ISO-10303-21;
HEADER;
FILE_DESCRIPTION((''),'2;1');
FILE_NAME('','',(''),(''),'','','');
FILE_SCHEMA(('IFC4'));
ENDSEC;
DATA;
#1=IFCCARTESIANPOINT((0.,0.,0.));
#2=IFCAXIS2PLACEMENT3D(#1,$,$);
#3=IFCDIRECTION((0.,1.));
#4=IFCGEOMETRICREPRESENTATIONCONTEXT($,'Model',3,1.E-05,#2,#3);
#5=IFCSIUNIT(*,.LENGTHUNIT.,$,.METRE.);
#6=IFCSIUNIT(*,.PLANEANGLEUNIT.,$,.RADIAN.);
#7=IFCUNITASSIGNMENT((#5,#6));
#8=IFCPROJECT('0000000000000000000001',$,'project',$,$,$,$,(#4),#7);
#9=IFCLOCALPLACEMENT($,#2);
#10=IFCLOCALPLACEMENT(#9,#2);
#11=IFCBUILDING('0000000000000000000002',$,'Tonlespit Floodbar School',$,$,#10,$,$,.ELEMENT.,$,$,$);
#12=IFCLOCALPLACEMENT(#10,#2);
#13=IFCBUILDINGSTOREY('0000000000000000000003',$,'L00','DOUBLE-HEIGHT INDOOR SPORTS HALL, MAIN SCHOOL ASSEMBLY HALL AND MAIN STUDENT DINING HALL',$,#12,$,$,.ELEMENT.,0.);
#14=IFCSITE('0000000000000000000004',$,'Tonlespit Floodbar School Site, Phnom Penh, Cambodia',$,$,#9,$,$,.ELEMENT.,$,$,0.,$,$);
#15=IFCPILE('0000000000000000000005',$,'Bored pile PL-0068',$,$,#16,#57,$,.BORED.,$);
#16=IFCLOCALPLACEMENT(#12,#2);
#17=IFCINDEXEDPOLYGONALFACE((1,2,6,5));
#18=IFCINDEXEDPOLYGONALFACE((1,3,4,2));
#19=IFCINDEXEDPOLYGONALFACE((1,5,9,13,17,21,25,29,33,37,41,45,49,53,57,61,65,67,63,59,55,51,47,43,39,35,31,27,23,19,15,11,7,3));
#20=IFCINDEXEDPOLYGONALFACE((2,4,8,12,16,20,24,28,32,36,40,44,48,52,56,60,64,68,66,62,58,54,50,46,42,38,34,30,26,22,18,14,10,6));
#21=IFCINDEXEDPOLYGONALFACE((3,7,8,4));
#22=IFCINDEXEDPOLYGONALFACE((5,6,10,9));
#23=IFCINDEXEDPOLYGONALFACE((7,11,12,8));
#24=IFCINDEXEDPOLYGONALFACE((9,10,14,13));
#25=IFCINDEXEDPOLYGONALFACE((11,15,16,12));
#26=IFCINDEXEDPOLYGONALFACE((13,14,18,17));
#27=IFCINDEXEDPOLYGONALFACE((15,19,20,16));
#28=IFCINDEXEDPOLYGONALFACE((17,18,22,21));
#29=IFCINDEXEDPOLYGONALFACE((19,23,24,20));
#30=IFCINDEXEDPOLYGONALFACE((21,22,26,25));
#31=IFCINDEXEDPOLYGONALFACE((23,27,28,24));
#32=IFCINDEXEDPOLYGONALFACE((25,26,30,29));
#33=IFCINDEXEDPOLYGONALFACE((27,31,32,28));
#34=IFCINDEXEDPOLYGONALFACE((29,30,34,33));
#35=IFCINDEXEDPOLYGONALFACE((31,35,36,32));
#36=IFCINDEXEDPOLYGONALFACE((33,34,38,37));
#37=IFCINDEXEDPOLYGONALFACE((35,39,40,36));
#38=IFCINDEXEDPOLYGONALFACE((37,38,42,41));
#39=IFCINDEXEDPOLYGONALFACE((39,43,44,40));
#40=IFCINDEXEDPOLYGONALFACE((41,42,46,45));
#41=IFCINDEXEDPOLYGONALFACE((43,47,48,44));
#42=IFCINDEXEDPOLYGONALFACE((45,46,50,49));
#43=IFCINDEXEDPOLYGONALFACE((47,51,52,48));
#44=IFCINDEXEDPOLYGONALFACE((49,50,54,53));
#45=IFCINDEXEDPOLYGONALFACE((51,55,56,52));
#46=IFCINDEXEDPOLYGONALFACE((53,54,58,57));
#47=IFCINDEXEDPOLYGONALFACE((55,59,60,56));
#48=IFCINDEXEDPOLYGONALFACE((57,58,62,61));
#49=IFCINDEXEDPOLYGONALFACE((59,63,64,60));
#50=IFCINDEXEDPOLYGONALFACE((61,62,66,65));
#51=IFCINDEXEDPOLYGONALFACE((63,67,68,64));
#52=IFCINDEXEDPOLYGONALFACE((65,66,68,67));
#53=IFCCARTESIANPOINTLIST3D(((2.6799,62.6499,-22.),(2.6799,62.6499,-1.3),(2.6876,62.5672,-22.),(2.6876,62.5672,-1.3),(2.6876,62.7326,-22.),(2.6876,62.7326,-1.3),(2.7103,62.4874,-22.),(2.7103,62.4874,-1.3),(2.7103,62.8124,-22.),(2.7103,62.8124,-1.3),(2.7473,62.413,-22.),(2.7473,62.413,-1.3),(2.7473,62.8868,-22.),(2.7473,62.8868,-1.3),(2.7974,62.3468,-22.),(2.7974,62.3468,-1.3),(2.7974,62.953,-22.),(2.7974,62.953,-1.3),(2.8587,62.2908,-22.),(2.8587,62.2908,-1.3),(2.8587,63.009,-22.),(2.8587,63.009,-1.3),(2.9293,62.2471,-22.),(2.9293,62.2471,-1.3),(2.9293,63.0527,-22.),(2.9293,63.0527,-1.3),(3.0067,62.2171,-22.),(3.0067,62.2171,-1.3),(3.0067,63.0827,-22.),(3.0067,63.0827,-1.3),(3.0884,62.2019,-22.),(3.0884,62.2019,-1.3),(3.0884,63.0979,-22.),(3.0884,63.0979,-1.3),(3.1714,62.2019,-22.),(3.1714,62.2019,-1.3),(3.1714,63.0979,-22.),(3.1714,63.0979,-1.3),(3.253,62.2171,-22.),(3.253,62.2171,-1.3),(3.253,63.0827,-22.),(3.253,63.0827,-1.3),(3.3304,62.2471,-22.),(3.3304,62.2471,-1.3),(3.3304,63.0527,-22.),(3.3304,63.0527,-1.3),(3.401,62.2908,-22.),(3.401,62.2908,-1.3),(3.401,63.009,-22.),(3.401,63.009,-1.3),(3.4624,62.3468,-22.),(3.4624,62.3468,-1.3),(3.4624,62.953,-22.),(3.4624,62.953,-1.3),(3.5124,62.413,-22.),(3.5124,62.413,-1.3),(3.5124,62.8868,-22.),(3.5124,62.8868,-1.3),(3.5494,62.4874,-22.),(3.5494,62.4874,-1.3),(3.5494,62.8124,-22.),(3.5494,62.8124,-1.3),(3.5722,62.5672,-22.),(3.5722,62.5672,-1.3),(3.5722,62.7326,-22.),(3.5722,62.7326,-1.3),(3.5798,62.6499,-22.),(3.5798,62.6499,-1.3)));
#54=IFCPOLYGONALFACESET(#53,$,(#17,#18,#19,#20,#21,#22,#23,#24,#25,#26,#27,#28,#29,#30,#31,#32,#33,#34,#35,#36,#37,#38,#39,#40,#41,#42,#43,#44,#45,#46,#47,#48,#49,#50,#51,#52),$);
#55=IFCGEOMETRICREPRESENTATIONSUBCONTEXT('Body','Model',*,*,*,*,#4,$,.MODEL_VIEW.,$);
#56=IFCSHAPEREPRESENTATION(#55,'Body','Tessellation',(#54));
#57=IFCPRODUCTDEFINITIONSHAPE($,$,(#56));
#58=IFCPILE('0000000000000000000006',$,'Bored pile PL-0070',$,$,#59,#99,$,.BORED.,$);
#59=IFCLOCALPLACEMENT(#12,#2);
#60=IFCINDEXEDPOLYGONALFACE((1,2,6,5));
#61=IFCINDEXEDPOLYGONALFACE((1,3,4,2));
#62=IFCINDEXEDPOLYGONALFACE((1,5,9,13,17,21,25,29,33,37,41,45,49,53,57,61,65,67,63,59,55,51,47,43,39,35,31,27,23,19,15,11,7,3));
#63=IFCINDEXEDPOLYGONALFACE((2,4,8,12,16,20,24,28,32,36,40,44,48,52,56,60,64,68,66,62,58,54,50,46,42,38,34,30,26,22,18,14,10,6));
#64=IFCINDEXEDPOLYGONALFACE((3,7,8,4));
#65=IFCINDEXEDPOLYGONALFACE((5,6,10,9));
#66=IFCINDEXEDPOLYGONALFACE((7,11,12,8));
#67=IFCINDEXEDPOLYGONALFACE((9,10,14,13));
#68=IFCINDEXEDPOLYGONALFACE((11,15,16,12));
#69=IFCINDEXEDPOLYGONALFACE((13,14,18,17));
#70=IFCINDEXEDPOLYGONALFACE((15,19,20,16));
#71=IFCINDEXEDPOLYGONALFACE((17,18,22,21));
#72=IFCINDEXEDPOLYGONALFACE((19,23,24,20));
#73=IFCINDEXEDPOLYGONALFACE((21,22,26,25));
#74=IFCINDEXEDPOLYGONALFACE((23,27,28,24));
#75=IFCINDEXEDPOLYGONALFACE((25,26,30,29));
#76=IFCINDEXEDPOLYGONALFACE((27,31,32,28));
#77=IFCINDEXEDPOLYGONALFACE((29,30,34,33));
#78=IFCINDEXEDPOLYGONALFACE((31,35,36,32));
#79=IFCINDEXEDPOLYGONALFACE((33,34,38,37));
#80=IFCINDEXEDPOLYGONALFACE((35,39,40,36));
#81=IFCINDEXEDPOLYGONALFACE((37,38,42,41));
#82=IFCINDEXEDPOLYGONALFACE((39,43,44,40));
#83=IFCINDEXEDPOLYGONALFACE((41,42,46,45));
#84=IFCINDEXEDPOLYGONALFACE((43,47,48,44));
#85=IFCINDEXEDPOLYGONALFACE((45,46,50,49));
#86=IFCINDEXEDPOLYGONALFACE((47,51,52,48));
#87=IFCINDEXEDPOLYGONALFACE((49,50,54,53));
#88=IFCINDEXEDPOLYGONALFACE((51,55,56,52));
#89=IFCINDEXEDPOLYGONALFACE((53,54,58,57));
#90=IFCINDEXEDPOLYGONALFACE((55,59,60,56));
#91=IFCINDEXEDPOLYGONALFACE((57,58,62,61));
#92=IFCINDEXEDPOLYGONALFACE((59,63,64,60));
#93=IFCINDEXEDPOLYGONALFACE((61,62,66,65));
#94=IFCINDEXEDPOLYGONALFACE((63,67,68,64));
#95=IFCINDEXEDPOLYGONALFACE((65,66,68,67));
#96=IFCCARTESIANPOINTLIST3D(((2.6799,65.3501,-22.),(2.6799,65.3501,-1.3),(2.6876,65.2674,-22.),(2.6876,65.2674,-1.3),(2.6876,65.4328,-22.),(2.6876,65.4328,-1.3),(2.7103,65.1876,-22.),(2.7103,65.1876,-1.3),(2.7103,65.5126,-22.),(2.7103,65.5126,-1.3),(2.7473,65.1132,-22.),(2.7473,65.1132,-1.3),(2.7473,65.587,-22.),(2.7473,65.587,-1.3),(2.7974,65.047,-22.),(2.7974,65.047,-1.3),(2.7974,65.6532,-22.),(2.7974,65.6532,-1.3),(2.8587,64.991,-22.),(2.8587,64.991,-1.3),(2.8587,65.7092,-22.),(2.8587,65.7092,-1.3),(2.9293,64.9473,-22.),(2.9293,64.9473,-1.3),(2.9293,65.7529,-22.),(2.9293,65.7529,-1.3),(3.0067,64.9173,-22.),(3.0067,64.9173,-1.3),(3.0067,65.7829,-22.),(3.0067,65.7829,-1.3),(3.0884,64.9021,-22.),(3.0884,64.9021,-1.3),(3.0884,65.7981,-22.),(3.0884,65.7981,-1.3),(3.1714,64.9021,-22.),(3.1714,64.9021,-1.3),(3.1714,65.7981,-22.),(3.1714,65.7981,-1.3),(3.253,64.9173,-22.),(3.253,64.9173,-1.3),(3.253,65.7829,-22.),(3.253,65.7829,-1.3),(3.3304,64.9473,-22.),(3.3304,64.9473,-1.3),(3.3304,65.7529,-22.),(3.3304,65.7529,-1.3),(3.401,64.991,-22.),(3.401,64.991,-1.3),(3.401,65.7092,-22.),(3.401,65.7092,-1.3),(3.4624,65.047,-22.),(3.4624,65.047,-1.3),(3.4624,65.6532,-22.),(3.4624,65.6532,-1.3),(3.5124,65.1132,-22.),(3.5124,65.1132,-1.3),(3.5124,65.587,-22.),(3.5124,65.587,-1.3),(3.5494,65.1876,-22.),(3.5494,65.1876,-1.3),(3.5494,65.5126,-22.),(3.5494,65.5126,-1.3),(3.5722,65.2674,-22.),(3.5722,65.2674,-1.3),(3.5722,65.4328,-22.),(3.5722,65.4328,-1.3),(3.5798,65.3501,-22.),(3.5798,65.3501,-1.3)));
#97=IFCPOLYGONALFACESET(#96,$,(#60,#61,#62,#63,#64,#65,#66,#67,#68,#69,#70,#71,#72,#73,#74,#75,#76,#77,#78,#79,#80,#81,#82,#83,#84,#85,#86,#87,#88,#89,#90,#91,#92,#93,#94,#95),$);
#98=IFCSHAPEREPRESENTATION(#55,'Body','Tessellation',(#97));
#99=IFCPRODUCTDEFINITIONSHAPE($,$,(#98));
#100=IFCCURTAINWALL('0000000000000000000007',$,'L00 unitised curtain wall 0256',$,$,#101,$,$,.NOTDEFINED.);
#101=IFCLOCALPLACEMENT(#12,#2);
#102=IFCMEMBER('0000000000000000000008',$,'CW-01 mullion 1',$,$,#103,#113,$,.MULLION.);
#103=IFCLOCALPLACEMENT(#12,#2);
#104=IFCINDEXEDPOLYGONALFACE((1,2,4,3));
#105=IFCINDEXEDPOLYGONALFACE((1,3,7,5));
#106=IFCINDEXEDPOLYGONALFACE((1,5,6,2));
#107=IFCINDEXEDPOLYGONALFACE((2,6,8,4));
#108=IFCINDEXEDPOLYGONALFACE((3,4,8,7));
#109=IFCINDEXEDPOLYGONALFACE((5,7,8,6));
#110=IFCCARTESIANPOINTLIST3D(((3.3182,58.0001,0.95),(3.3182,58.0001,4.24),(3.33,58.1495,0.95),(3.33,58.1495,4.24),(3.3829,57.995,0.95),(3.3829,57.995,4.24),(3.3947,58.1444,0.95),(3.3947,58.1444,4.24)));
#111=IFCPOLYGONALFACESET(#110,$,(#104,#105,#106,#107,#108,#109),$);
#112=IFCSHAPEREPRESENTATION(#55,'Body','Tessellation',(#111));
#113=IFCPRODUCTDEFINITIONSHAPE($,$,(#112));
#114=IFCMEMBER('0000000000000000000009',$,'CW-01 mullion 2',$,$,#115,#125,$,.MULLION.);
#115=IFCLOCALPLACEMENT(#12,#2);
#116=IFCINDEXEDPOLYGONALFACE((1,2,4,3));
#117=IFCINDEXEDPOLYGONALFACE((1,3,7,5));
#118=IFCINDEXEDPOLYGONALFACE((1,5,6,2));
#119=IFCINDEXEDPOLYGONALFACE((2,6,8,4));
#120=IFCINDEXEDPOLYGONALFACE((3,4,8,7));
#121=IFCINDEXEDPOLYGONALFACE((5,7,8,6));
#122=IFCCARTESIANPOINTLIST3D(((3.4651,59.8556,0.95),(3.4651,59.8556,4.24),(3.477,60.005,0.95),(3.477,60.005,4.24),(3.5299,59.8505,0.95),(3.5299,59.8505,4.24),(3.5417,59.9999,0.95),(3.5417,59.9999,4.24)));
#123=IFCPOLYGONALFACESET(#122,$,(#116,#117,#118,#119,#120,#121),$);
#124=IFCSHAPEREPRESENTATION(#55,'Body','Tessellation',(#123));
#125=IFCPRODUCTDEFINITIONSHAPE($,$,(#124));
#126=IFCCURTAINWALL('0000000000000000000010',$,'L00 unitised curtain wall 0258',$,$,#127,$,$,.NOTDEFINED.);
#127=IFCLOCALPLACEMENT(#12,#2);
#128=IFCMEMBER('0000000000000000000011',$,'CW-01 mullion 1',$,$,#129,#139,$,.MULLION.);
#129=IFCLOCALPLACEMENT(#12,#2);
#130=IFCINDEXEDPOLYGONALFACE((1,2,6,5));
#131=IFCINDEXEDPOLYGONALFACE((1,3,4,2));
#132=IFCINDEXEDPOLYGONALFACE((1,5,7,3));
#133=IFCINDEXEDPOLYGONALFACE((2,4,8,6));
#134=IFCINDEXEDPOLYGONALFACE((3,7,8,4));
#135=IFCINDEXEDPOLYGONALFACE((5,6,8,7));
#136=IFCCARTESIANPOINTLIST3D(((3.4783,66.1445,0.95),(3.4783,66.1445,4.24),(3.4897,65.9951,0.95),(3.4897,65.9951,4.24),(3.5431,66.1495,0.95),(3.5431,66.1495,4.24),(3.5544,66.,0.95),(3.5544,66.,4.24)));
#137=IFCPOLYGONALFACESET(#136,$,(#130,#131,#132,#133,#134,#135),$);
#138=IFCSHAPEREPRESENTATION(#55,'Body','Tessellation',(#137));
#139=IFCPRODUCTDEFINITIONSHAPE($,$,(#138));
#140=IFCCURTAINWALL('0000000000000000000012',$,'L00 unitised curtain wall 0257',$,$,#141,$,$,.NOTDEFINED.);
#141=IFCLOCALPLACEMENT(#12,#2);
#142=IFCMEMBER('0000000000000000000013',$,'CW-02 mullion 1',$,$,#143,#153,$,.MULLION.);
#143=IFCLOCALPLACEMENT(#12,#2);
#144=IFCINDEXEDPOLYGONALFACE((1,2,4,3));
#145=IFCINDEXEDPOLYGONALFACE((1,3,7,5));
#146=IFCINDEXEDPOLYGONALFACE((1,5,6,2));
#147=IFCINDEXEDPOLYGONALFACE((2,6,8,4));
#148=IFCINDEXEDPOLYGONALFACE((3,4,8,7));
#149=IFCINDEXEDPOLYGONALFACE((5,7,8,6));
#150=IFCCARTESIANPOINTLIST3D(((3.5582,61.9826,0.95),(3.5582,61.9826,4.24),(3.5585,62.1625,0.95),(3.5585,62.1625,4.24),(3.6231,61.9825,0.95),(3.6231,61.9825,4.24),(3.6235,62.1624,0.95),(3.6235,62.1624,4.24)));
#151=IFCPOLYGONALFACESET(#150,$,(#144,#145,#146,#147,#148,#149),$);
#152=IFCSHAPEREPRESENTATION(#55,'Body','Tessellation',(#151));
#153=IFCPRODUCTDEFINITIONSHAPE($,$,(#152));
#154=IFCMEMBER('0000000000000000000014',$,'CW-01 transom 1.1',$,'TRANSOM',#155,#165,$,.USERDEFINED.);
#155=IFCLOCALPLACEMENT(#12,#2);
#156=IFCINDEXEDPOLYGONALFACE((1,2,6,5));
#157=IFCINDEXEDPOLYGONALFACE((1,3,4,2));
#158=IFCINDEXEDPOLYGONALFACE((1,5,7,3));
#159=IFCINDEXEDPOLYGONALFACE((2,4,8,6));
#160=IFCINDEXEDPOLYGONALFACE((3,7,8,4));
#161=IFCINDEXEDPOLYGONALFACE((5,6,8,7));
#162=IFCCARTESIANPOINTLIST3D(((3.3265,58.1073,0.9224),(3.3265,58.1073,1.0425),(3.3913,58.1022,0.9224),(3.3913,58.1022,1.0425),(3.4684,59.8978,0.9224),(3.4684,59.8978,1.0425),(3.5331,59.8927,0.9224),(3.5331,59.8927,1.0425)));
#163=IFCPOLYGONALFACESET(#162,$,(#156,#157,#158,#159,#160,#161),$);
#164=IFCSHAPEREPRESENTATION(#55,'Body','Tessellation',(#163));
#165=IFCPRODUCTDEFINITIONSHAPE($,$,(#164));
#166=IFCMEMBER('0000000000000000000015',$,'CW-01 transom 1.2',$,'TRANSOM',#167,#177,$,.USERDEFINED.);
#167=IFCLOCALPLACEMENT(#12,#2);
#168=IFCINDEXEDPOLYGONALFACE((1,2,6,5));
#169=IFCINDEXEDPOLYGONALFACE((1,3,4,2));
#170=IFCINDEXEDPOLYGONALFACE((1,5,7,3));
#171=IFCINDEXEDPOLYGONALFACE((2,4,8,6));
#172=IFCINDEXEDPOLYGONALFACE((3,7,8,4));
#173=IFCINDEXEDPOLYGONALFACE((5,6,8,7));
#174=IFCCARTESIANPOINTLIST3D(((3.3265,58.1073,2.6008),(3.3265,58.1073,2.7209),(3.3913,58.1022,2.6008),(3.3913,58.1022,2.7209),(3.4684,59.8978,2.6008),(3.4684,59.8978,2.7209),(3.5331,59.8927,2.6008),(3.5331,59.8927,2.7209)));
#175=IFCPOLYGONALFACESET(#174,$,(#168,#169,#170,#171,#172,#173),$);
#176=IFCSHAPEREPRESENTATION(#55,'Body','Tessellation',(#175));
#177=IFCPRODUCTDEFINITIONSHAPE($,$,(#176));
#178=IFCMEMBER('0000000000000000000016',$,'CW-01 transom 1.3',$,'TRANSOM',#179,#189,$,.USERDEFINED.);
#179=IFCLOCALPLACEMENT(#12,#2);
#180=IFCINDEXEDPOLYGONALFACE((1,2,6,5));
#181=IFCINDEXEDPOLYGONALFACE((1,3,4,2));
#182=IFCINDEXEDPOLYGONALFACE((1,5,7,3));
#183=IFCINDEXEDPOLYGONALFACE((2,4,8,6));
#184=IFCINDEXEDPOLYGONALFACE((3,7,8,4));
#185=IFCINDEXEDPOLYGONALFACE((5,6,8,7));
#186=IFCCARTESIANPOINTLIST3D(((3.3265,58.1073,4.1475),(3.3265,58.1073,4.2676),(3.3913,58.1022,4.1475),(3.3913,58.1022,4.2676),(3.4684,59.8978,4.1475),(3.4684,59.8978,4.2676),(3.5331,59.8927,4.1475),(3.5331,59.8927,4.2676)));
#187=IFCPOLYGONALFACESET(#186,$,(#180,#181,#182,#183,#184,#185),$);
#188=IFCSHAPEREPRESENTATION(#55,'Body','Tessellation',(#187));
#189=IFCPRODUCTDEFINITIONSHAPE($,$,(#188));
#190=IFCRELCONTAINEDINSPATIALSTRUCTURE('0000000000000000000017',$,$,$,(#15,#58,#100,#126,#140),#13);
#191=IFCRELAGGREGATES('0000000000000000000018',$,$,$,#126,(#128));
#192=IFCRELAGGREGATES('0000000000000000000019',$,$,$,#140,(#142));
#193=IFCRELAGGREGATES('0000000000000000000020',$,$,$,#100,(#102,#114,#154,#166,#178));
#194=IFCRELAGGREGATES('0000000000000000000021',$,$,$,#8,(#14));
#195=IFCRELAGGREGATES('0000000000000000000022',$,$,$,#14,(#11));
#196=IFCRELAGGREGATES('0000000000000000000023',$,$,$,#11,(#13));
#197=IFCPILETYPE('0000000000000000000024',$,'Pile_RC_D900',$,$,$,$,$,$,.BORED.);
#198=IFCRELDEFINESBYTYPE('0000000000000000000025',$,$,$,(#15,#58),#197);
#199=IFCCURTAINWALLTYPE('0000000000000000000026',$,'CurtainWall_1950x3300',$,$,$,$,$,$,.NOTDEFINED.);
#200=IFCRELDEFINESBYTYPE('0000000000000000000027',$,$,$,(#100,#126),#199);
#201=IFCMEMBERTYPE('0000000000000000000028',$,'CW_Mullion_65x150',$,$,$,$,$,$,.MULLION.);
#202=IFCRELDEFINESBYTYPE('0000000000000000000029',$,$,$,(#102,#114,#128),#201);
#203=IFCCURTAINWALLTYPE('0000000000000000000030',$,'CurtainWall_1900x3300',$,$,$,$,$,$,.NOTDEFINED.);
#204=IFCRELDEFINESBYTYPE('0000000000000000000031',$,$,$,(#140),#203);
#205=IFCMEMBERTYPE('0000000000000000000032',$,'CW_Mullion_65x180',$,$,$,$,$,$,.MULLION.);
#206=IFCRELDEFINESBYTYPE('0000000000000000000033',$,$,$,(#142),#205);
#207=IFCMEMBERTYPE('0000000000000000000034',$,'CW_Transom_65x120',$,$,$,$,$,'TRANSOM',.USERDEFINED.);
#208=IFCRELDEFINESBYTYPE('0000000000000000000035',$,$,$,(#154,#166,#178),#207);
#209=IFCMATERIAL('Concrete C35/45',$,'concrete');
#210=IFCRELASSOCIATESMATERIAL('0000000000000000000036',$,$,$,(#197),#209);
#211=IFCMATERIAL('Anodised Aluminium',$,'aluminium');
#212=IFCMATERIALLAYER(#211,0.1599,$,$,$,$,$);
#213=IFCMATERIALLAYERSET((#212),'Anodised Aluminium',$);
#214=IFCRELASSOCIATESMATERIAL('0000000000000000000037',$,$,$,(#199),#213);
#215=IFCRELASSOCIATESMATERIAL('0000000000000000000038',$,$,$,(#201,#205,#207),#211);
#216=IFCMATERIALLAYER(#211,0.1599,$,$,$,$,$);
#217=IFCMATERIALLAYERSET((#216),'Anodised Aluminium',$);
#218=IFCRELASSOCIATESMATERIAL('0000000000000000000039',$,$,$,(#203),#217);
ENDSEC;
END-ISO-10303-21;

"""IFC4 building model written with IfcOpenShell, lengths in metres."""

from ifc_helpers import new_model, si_unit, direction, frame, origin, origin_2d, place, context, subcontext, project, spatial, rectangle, circle, extrude, material, layer, layer_set, material_profile, profile_set, type_object, element, aggregate, save


model = new_model("IFC4")

# Units and contexts
model_context = context("Model", 3, precision=1e-05, world=origin(), true_north=direction((0.0, 1.0)))
body_context = subcontext(model_context, "Body", "Model", "MODEL_VIEW")
ifc_project = project(units=[si_unit("LENGTHUNIT", "METRE"), si_unit("PLANEANGLEUNIT", "RADIAN")], contexts=[model_context])

# Site, building, storey
site_placement = place(None, origin())
site = spatial("IfcSite", under=ifc_project, at=site_placement, Name="Tonlespit Floodbar School Site, Phnom Penh, Cambodia", CompositionType="ELEMENT", RefElevation=0.0)
building_placement = place(site_placement, origin())
building = spatial("IfcBuilding", under=site, at=building_placement, Name="Tonlespit Floodbar School", CompositionType="ELEMENT")
storey_placement = place(building_placement, origin())
storey = spatial("IfcBuildingStorey", under=building, at=storey_placement, Name="L00", Description="DOUBLE-HEIGHT INDOOR SPORTS HALL, MAIN SCHOOL ASSEMBLY HALL AND MAIN STUDENT DINING HALL", CompositionType="ELEMENT", Elevation=0.0)

# Piles
ifc_material_1 = material(Name="Concrete C35/45", Category="concrete")
ifc_material_profile_1 = material_profile(ifc_material_1, circle(Radius=0.45, at=origin_2d()), Name="BP D900")
ifc_profile_set_1 = profile_set([ifc_material_profile_1], Name="Concrete C35/45")
pile_type = type_object("IfcPileType", Name="Pile_RC_D900", PredefinedType="BORED", material=ifc_profile_set_1)
for number, where, z_axis, x_axis, name in (
    (1, (3.1299, 62.6499, -1.3), (0.0, 0.0, -1.0), (1.0, 0.0, 0.0), "Bored pile PL-0068"),
    (2, (3.1299, 65.3501, -1.3), (0.0, 0.0, -1.0), (1.0, 0.0, 0.0), "Bored pile PL-0070"),
):
    element("IfcPile", number, at=place(storey_placement, frame(where, z_axis=z_axis, x_axis=x_axis)), inside=storey, type_object=pile_type, Name=name, PredefinedType="BORED", context=body_context, shape_type="SweptSolid", body=[
        extrude(circle(Radius=0.45, at=origin_2d()), origin(), (0.0, 0.0, 1.0), 20.7),
    ])

# Curtain wall, members
ifc_material_2 = material(Name="Anodised Aluminium", Category="aluminium")
ifc_layer_1 = layer(ifc_material_2, 0.1599)
ifc_layer_set_1 = layer_set([ifc_layer_1], Name="Anodised Aluminium")
curtain_wall_type_1 = type_object("IfcCurtainWallType", Name="CurtainWall_1950x3300", PredefinedType="NOTDEFINED", material=ifc_layer_set_1)
curtain_wall_1_placement = place(storey_placement, origin())
curtain_wall_1 = element("IfcCurtainWall", 3, at=curtain_wall_1_placement, inside=storey, type_object=curtain_wall_type_1, Name="L00 unitised curtain wall 0256", PredefinedType="NOTDEFINED")
ifc_material_profile_2 = material_profile(ifc_material_2, rectangle(XDim=0.0649, YDim=0.1499, at=origin_2d()), Name="ALU M65x150")
ifc_profile_set_2 = profile_set([ifc_material_profile_2], Name="Anodised Aluminium")
member_type_1 = type_object("IfcMemberType", Name="CW_Mullion_65x150", PredefinedType="MULLION", material=ifc_profile_set_2)
member_1_placement = place(storey_placement, frame((3.3564, 58.0723, 0.95), z_axis=(0.0, 0.0, 1.0), x_axis=(-0.996878, 0.078963, 0.0)))
member_1 = element("IfcMember", 4, at=member_1_placement, type_object=member_type_1, Name="CW-01 mullion 1", PredefinedType="MULLION", context=body_context, shape_type="SweptSolid", body=[
    extrude(rectangle(XDim=0.0649, YDim=0.1499, at=origin_2d()), origin(), (0.0, 0.0, 1.0), 3.29),
])
member_2_placement = place(storey_placement, frame((3.5034, 59.9277, 0.95), z_axis=(0.0, 0.0, 1.0), x_axis=(-0.996878, 0.078963, 0.0)))
member_2 = element("IfcMember", 5, at=member_2_placement, type_object=member_type_1, Name="CW-01 mullion 2", PredefinedType="MULLION", context=body_context, shape_type="SweptSolid", body=[
    extrude(rectangle(XDim=0.0649, YDim=0.1499, at=origin_2d()), origin(), (0.0, 0.0, 1.0), 3.29),
])

# Curtain walls, members
curtain_wall_2_placement = place(storey_placement, origin())
curtain_wall_2 = element("IfcCurtainWall", 6, at=curtain_wall_2_placement, inside=storey, type_object=curtain_wall_type_1, Name="L00 unitised curtain wall 0258", PredefinedType="NOTDEFINED")
member_3_placement = place(storey_placement, frame((3.5164, 66.0723, 0.95), z_axis=(0.0, 0.0, 1.0), x_axis=(-0.99713, -0.075712, 0.0)))
member_3 = element("IfcMember", 7, at=member_3_placement, type_object=member_type_1, Name="CW-01 mullion 1", PredefinedType="MULLION", context=body_context, shape_type="SweptSolid", body=[
    extrude(rectangle(XDim=0.0649, YDim=0.1499, at=origin_2d()), origin(), (0.0, 0.0, 1.0), 3.29),
])
ifc_layer_2 = layer(ifc_material_2, 0.1599)
ifc_layer_set_2 = layer_set([ifc_layer_2], Name="Anodised Aluminium")
curtain_wall_type_2 = type_object("IfcCurtainWallType", Name="CurtainWall_1900x3300", PredefinedType="NOTDEFINED", material=ifc_layer_set_2)
curtain_wall_3_placement = place(storey_placement, origin())
curtain_wall_3 = element("IfcCurtainWall", 8, at=curtain_wall_3_placement, inside=storey, type_object=curtain_wall_type_2, Name="L00 unitised curtain wall 0257", PredefinedType="NOTDEFINED")
ifc_material_profile_3 = material_profile(ifc_material_2, rectangle(XDim=0.0649, YDim=0.1799, at=origin_2d()), Name="ALU M65x180")
ifc_profile_set_3 = profile_set([ifc_material_profile_3], Name="Anodised Aluminium")
member_type_2 = type_object("IfcMemberType", Name="CW_Mullion_65x180", PredefinedType="MULLION", material=ifc_profile_set_3)
member_4_placement = place(storey_placement, frame((3.5908, 62.0725, 0.95), z_axis=(0.0, 0.0, 1.0), x_axis=(-0.999998, 0.002187, 0.0)))
member_4 = element("IfcMember", 9, at=member_4_placement, type_object=member_type_2, Name="CW-02 mullion 1", PredefinedType="MULLION", context=body_context, shape_type="SweptSolid", body=[
    extrude(rectangle(XDim=0.0649, YDim=0.1799, at=origin_2d()), origin(), (0.0, 0.0, 1.0), 3.29),
])

# Members
ifc_material_profile_4 = material_profile(ifc_material_2, rectangle(XDim=0.0649, YDim=0.1201, at=origin_2d()), Name="ALU T65x120")
ifc_profile_set_4 = profile_set([ifc_material_profile_4], Name="Anodised Aluminium")
member_type_3 = type_object("IfcMemberType", Name="CW_Transom_65x120", ElementType="TRANSOM", PredefinedType="USERDEFINED", material=ifc_profile_set_4)
member_5_placement = place(storey_placement, frame((3.3589, 58.1047, 0.9824), z_axis=(0.078973, 0.996877, 0.0), x_axis=(-0.996877, 0.078973, 0.0)))
member_5 = element("IfcMember", 10, at=member_5_placement, type_object=member_type_3, Name="CW-01 transom 1.1", ObjectType="TRANSOM", PredefinedType="USERDEFINED", context=body_context, shape_type="SweptSolid", body=[
    extrude(rectangle(XDim=0.0649, YDim=0.1201, at=origin_2d()), origin(), (0.0, 0.0, 1.0), 1.7961),
])
member_6_placement = place(storey_placement, frame((3.3589, 58.1047, 2.6609), z_axis=(0.078973, 0.996877, 0.0), x_axis=(-0.996877, 0.078973, 0.0)))
member_6 = element("IfcMember", 11, at=member_6_placement, type_object=member_type_3, Name="CW-01 transom 1.2", ObjectType="TRANSOM", PredefinedType="USERDEFINED", context=body_context, shape_type="SweptSolid", body=[
    extrude(rectangle(XDim=0.0649, YDim=0.1201, at=origin_2d()), origin(), (0.0, 0.0, 1.0), 1.7961),
])
member_7_placement = place(storey_placement, frame((3.3589, 58.1047, 4.2075), z_axis=(0.078973, 0.996877, 0.0), x_axis=(-0.996877, 0.078973, 0.0)))
member_7 = element("IfcMember", 12, at=member_7_placement, type_object=member_type_3, Name="CW-01 transom 1.3", ObjectType="TRANSOM", PredefinedType="USERDEFINED", context=body_context, shape_type="SweptSolid", body=[
    extrude(rectangle(XDim=0.0649, YDim=0.1201, at=origin_2d()), origin(), (0.0, 0.0, 1.0), 1.7961),
])
aggregate(curtain_wall_2, [member_3])

aggregate(curtain_wall_3, [member_4])
aggregate(curtain_wall_1, [member_1, member_2, member_5, member_6, member_7])

save(model, "model.ifc")
